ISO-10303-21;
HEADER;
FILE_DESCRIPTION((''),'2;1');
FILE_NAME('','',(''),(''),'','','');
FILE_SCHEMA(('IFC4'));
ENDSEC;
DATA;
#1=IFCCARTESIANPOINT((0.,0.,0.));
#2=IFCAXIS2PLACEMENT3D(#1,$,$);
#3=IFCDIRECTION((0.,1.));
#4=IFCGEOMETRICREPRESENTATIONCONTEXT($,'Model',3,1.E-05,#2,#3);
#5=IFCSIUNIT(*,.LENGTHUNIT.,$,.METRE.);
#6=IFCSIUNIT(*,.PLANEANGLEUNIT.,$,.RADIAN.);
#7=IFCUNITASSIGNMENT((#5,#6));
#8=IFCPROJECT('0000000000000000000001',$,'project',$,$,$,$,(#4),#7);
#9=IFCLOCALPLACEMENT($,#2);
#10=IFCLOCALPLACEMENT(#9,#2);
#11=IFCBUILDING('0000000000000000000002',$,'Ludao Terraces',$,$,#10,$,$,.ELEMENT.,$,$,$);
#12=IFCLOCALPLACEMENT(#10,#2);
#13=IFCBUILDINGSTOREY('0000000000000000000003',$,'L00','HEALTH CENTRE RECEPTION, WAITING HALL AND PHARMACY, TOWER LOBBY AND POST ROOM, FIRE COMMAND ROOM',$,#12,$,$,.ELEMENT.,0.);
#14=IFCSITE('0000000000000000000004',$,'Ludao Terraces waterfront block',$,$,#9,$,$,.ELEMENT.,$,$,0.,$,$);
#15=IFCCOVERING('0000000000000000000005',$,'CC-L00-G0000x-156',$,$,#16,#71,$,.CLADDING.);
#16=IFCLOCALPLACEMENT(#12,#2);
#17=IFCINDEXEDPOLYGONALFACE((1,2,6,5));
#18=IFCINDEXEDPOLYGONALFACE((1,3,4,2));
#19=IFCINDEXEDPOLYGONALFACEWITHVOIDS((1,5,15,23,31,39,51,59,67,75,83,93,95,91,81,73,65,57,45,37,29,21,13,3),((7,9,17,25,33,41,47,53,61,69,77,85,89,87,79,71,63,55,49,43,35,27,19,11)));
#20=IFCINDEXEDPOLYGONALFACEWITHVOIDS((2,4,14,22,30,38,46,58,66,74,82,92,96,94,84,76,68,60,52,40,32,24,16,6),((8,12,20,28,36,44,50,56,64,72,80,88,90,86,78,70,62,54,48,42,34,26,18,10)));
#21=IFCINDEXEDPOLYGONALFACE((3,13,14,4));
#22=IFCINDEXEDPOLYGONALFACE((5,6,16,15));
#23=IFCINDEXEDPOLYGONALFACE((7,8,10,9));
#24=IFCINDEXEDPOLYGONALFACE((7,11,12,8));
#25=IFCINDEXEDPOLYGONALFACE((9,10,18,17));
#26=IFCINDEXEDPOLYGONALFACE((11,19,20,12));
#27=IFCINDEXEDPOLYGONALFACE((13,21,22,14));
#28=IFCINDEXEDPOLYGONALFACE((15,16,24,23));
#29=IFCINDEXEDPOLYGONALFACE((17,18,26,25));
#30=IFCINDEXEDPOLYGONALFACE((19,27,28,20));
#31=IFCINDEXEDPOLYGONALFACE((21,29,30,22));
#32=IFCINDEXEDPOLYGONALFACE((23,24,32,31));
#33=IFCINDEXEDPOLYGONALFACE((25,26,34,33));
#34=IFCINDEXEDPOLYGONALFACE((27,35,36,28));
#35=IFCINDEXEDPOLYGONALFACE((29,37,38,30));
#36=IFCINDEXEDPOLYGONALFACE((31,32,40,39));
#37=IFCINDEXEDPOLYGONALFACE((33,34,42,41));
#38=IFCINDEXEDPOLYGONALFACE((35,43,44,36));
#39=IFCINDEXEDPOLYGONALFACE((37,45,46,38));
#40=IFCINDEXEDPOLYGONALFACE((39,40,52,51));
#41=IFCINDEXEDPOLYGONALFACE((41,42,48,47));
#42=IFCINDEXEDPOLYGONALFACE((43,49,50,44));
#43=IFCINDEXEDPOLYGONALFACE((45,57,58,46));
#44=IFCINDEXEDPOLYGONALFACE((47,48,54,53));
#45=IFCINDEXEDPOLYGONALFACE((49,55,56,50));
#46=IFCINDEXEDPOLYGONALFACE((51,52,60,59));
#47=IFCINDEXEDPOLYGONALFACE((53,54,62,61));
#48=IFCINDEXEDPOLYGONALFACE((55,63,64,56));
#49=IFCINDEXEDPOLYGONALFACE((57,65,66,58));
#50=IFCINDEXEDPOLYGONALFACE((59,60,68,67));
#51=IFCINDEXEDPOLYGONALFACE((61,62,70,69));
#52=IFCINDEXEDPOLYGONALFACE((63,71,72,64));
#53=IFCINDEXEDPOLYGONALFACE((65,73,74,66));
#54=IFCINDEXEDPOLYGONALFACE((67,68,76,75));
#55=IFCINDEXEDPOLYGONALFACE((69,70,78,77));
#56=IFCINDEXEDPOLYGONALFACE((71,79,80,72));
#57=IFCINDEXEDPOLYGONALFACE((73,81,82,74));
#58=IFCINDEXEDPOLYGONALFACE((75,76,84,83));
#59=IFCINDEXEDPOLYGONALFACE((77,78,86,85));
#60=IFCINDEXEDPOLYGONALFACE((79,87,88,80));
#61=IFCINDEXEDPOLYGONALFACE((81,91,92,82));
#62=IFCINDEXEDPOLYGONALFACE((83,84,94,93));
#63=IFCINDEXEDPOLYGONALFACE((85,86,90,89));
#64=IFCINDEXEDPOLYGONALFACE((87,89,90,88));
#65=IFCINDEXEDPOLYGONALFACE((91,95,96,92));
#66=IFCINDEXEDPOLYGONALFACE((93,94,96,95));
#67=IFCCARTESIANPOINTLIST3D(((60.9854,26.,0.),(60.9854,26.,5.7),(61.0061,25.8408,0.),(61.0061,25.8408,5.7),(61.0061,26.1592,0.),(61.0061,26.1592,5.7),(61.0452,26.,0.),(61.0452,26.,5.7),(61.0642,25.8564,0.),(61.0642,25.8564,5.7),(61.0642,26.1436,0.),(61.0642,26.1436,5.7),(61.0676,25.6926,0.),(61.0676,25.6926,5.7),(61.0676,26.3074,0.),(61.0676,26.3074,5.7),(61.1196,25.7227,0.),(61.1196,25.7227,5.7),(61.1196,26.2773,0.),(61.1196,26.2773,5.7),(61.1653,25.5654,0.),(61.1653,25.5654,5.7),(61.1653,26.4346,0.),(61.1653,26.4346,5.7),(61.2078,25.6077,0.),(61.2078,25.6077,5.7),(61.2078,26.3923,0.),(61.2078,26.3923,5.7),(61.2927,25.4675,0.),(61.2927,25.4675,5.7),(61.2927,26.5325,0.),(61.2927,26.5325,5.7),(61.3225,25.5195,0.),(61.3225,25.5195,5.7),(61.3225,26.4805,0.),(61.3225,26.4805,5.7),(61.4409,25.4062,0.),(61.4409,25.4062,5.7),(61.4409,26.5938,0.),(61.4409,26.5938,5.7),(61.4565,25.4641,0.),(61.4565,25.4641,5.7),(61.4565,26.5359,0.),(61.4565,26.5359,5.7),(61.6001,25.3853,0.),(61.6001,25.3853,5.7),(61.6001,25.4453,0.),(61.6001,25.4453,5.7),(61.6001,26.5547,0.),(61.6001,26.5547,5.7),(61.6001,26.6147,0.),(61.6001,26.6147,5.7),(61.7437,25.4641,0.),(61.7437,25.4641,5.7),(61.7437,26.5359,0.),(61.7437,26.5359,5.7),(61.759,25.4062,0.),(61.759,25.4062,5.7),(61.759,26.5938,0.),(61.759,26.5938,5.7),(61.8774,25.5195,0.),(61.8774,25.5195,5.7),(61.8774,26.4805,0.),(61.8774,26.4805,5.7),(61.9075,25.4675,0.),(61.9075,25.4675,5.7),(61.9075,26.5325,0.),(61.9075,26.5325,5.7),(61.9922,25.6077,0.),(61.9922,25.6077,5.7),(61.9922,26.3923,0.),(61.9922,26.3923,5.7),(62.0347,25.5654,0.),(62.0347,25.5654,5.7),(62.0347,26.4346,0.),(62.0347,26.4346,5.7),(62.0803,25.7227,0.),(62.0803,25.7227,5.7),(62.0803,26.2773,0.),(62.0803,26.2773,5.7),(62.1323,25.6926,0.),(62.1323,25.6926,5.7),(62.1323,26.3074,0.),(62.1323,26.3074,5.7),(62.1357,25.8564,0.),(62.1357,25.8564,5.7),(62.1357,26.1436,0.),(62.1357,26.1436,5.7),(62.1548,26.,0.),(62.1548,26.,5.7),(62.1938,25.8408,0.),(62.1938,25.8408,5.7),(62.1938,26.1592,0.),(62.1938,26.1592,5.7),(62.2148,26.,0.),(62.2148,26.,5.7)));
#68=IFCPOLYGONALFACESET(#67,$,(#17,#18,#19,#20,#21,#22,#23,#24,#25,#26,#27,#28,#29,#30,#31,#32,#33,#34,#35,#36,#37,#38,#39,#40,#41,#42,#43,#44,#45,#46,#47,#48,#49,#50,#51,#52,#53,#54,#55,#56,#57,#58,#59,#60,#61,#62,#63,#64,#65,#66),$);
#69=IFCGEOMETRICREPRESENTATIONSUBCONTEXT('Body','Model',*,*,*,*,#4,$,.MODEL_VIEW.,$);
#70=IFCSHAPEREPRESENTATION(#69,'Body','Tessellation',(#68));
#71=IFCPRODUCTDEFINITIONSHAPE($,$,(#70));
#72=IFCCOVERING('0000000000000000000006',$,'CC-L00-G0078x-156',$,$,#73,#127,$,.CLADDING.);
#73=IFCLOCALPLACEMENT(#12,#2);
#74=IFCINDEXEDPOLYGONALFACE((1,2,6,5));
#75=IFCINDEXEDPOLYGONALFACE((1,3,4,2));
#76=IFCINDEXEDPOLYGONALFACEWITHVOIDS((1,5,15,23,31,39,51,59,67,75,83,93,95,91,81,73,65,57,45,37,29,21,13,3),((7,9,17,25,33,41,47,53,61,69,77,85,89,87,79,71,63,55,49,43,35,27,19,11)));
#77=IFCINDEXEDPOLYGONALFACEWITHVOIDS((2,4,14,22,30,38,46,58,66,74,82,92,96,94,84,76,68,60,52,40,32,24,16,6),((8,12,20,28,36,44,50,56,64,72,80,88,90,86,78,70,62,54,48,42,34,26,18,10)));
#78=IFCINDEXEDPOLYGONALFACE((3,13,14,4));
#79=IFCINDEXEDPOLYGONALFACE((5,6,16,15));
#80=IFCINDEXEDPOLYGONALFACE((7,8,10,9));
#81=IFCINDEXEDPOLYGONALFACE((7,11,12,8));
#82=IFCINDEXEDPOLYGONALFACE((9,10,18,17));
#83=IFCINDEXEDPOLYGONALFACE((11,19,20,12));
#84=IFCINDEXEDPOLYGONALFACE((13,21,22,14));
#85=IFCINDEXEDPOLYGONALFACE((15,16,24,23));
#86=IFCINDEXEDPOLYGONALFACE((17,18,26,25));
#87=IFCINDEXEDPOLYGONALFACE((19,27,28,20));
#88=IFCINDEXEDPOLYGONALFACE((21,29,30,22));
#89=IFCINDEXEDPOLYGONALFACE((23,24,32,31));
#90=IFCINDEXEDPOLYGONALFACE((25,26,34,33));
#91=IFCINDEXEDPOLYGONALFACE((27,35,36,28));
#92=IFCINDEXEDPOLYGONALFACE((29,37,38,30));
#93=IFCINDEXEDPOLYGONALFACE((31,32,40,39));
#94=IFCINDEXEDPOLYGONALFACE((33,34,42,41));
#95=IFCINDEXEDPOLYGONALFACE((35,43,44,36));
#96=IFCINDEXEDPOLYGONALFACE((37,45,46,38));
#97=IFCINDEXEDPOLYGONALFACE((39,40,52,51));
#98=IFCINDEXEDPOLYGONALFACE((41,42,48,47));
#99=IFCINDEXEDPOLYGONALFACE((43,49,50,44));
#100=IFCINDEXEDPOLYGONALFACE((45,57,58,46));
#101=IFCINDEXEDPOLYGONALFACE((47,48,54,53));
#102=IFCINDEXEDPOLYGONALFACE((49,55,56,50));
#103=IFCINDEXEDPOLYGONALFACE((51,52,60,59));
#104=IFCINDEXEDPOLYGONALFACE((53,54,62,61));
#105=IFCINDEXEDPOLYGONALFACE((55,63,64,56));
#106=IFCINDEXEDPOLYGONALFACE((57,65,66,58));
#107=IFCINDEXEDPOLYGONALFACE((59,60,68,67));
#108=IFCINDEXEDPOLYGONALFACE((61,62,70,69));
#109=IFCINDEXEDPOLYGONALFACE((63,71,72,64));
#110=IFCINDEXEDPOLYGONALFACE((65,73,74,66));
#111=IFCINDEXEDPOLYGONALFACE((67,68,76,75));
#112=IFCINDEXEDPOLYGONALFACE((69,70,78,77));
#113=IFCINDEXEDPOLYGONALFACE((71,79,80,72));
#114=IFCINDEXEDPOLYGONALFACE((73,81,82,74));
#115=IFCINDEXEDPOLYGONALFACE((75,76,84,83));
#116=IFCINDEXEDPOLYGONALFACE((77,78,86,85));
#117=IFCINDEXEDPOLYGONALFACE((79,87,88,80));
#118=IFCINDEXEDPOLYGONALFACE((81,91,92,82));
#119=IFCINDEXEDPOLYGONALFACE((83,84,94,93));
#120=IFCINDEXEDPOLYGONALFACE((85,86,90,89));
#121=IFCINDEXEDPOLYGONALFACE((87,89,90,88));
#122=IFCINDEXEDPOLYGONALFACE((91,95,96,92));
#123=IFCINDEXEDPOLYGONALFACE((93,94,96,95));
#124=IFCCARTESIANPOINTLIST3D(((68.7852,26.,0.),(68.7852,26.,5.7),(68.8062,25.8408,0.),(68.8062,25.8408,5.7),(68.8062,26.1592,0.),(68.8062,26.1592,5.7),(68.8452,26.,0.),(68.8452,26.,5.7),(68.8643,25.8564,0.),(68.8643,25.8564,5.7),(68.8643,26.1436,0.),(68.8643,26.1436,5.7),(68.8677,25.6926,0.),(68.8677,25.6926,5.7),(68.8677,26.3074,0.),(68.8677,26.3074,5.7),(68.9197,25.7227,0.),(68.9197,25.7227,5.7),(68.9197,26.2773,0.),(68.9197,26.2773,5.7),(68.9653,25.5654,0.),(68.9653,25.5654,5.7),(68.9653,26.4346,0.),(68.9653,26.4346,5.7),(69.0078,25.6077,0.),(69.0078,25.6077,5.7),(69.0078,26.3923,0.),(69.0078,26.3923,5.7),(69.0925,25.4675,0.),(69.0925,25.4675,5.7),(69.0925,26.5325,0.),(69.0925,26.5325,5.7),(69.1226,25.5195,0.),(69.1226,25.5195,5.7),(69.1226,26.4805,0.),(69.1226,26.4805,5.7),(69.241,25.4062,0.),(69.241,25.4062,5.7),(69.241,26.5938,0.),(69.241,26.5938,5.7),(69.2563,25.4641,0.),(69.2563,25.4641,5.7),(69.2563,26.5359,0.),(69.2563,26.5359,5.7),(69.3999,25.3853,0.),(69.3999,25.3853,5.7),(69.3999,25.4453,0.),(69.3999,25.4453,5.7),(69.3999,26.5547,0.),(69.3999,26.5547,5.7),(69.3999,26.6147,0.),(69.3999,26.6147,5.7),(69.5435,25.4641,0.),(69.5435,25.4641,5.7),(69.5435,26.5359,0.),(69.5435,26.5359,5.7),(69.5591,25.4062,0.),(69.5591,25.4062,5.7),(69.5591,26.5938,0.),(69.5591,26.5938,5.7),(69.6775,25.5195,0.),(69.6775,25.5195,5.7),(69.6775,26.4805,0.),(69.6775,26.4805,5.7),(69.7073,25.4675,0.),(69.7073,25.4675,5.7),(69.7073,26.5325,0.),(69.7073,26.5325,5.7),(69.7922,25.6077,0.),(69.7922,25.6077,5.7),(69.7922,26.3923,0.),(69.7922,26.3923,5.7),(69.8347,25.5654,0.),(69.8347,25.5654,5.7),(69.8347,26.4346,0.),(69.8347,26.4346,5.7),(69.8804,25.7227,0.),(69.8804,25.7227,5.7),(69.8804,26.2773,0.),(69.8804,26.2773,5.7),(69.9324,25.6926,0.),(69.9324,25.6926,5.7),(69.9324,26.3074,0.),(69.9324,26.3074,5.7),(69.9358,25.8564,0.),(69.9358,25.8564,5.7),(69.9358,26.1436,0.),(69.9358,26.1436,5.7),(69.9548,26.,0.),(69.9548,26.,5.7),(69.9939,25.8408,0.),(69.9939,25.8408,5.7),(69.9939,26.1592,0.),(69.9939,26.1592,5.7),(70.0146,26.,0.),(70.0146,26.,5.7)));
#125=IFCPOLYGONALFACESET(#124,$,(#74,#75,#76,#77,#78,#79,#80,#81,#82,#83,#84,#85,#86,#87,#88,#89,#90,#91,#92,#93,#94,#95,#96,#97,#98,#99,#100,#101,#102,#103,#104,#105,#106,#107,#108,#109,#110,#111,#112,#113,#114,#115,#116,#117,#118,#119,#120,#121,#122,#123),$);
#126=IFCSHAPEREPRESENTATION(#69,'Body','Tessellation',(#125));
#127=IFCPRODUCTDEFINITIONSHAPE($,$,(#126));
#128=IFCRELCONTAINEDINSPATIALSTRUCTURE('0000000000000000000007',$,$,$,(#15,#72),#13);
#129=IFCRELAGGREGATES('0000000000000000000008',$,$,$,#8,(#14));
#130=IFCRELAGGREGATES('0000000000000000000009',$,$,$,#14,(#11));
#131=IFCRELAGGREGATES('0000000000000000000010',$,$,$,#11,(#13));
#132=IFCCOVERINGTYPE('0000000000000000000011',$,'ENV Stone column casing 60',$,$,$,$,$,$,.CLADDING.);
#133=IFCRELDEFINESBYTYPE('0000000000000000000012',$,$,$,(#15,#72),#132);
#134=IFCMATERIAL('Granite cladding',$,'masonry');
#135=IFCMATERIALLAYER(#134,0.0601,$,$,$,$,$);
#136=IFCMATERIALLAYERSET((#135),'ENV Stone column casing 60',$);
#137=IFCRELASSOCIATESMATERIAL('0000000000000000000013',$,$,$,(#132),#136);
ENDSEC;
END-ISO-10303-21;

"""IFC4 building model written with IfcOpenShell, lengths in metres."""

from ifc_helpers import new_model, si_unit, direction, origin, place, context, subcontext, project, spatial, polyline, outline, extrude, material, layer, layer_set, type_object, element, save


model = new_model("IFC4")

# Units and contexts
model_context = context("Model", 3, precision=1e-05, world=origin(), true_north=direction((0.0, 1.0)))
body_context = subcontext(model_context, "Body", "Model", "MODEL_VIEW")
ifc_project = project(units=[si_unit("LENGTHUNIT", "METRE"), si_unit("PLANEANGLEUNIT", "RADIAN")], contexts=[model_context])

# Site, building, storey
site_placement = place(None, origin())
site = spatial("IfcSite", under=ifc_project, at=site_placement, Name="Ludao Terraces waterfront block", CompositionType="ELEMENT", RefElevation=0.0)
building_placement = place(site_placement, origin())
building = spatial("IfcBuilding", under=site, at=building_placement, Name="Ludao Terraces", CompositionType="ELEMENT")
storey_placement = place(building_placement, origin())
storey = spatial("IfcBuildingStorey", under=building, at=storey_placement, Name="L00", Description="HEALTH CENTRE RECEPTION, WAITING HALL AND PHARMACY, TOWER LOBBY AND POST ROOM, FIRE COMMAND ROOM", CompositionType="ELEMENT", Elevation=0.0)

# Coverings
ifc_material_1 = material(Name="Granite cladding", Category="masonry")
ifc_layer_1 = layer(ifc_material_1, 0.0601)
ifc_layer_set_1 = layer_set([ifc_layer_1], Name="ENV Stone column casing 60")
covering_type_1 = type_object("IfcCoveringType", Name="ENV Stone column casing 60", PredefinedType="CLADDING", material=ifc_layer_set_1)
covering_1_placement = place(storey_placement, origin())
element("IfcCovering", 1, at=covering_1_placement, inside=storey, type_object=covering_type_1, Name="CC-L00-G0000x-156", PredefinedType="CLADDING", context=body_context, shape_type="SweptSolid", body=[
    extrude(outline(polyline([(62.2148, 26.0), (62.1938, 26.1592), (62.1323, 26.3074), (62.0347, 26.4346), (61.9075, 26.5325), (61.759, 26.5938), (61.6001, 26.6147), (61.4409, 26.5938), (61.2927, 26.5325), (61.1653, 26.4346), (61.0676, 26.3074), (61.0061, 26.1592), (60.9854, 26.0), (61.0061, 25.8408), (61.0676, 25.6926), (61.1653, 25.5654), (61.2927, 25.4675), (61.4409, 25.4062), (61.6001, 25.3853), (61.759, 25.4062), (61.9075, 25.4675), (62.0347, 25.5654), (62.1323, 25.6926), (62.1938, 25.8408), (62.2148, 26.0)]), holes=[polyline([(62.1357, 25.8564), (62.0803, 25.7227), (61.9922, 25.6077), (61.8774, 25.5195), (61.7437, 25.4641), (61.6001, 25.4453), (61.4565, 25.4641), (61.3225, 25.5195), (61.2078, 25.6077), (61.1196, 25.7227), (61.0642, 25.8564), (61.0452, 26.0), (61.0642, 26.1436), (61.1196, 26.2773), (61.2078, 26.3923), (61.3225, 26.4805), (61.4565, 26.5359), (61.6001, 26.5547), (61.7437, 26.5359), (61.8774, 26.4805), (61.9922, 26.3923), (62.0803, 26.2773), (62.1357, 26.1436), (62.1548, 26.0), (62.1357, 25.8564)])]), origin(), (0.0, 0.0, 1.0), 5.7),
])
covering_2_placement = place(storey_placement, origin())
element("IfcCovering", 2, at=covering_2_placement, inside=storey, type_object=covering_type_1, Name="CC-L00-G0078x-156", PredefinedType="CLADDING", context=body_context, shape_type="SweptSolid", body=[
    extrude(outline(polyline([(70.0146, 26.0), (69.9939, 26.1592), (69.9324, 26.3074), (69.8347, 26.4346), (69.7073, 26.5325), (69.5591, 26.5938), (69.3999, 26.6147), (69.241, 26.5938), (69.0925, 26.5325), (68.9653, 26.4346), (68.8677, 26.3074), (68.8062, 26.1592), (68.7852, 26.0), (68.8062, 25.8408), (68.8677, 25.6926), (68.9653, 25.5654), (69.0925, 25.4675), (69.241, 25.4062), (69.3999, 25.3853), (69.5591, 25.4062), (69.7073, 25.4675), (69.8347, 25.5654), (69.9324, 25.6926), (69.9939, 25.8408), (70.0146, 26.0)]), holes=[polyline([(69.9358, 25.8564), (69.8804, 25.7227), (69.7922, 25.6077), (69.6775, 25.5195), (69.5435, 25.4641), (69.3999, 25.4453), (69.2563, 25.4641), (69.1226, 25.5195), (69.0078, 25.6077), (68.9197, 25.7227), (68.8643, 25.8564), (68.8452, 26.0), (68.8643, 26.1436), (68.9197, 26.2773), (69.0078, 26.3923), (69.1226, 26.4805), (69.2563, 26.5359), (69.3999, 26.5547), (69.5435, 26.5359), (69.6775, 26.4805), (69.7922, 26.3923), (69.8804, 26.2773), (69.9358, 26.1436), (69.9548, 26.0), (69.9358, 25.8564)])]), origin(), (0.0, 0.0, 1.0), 5.7),
])

save(model, "model.ifc")
